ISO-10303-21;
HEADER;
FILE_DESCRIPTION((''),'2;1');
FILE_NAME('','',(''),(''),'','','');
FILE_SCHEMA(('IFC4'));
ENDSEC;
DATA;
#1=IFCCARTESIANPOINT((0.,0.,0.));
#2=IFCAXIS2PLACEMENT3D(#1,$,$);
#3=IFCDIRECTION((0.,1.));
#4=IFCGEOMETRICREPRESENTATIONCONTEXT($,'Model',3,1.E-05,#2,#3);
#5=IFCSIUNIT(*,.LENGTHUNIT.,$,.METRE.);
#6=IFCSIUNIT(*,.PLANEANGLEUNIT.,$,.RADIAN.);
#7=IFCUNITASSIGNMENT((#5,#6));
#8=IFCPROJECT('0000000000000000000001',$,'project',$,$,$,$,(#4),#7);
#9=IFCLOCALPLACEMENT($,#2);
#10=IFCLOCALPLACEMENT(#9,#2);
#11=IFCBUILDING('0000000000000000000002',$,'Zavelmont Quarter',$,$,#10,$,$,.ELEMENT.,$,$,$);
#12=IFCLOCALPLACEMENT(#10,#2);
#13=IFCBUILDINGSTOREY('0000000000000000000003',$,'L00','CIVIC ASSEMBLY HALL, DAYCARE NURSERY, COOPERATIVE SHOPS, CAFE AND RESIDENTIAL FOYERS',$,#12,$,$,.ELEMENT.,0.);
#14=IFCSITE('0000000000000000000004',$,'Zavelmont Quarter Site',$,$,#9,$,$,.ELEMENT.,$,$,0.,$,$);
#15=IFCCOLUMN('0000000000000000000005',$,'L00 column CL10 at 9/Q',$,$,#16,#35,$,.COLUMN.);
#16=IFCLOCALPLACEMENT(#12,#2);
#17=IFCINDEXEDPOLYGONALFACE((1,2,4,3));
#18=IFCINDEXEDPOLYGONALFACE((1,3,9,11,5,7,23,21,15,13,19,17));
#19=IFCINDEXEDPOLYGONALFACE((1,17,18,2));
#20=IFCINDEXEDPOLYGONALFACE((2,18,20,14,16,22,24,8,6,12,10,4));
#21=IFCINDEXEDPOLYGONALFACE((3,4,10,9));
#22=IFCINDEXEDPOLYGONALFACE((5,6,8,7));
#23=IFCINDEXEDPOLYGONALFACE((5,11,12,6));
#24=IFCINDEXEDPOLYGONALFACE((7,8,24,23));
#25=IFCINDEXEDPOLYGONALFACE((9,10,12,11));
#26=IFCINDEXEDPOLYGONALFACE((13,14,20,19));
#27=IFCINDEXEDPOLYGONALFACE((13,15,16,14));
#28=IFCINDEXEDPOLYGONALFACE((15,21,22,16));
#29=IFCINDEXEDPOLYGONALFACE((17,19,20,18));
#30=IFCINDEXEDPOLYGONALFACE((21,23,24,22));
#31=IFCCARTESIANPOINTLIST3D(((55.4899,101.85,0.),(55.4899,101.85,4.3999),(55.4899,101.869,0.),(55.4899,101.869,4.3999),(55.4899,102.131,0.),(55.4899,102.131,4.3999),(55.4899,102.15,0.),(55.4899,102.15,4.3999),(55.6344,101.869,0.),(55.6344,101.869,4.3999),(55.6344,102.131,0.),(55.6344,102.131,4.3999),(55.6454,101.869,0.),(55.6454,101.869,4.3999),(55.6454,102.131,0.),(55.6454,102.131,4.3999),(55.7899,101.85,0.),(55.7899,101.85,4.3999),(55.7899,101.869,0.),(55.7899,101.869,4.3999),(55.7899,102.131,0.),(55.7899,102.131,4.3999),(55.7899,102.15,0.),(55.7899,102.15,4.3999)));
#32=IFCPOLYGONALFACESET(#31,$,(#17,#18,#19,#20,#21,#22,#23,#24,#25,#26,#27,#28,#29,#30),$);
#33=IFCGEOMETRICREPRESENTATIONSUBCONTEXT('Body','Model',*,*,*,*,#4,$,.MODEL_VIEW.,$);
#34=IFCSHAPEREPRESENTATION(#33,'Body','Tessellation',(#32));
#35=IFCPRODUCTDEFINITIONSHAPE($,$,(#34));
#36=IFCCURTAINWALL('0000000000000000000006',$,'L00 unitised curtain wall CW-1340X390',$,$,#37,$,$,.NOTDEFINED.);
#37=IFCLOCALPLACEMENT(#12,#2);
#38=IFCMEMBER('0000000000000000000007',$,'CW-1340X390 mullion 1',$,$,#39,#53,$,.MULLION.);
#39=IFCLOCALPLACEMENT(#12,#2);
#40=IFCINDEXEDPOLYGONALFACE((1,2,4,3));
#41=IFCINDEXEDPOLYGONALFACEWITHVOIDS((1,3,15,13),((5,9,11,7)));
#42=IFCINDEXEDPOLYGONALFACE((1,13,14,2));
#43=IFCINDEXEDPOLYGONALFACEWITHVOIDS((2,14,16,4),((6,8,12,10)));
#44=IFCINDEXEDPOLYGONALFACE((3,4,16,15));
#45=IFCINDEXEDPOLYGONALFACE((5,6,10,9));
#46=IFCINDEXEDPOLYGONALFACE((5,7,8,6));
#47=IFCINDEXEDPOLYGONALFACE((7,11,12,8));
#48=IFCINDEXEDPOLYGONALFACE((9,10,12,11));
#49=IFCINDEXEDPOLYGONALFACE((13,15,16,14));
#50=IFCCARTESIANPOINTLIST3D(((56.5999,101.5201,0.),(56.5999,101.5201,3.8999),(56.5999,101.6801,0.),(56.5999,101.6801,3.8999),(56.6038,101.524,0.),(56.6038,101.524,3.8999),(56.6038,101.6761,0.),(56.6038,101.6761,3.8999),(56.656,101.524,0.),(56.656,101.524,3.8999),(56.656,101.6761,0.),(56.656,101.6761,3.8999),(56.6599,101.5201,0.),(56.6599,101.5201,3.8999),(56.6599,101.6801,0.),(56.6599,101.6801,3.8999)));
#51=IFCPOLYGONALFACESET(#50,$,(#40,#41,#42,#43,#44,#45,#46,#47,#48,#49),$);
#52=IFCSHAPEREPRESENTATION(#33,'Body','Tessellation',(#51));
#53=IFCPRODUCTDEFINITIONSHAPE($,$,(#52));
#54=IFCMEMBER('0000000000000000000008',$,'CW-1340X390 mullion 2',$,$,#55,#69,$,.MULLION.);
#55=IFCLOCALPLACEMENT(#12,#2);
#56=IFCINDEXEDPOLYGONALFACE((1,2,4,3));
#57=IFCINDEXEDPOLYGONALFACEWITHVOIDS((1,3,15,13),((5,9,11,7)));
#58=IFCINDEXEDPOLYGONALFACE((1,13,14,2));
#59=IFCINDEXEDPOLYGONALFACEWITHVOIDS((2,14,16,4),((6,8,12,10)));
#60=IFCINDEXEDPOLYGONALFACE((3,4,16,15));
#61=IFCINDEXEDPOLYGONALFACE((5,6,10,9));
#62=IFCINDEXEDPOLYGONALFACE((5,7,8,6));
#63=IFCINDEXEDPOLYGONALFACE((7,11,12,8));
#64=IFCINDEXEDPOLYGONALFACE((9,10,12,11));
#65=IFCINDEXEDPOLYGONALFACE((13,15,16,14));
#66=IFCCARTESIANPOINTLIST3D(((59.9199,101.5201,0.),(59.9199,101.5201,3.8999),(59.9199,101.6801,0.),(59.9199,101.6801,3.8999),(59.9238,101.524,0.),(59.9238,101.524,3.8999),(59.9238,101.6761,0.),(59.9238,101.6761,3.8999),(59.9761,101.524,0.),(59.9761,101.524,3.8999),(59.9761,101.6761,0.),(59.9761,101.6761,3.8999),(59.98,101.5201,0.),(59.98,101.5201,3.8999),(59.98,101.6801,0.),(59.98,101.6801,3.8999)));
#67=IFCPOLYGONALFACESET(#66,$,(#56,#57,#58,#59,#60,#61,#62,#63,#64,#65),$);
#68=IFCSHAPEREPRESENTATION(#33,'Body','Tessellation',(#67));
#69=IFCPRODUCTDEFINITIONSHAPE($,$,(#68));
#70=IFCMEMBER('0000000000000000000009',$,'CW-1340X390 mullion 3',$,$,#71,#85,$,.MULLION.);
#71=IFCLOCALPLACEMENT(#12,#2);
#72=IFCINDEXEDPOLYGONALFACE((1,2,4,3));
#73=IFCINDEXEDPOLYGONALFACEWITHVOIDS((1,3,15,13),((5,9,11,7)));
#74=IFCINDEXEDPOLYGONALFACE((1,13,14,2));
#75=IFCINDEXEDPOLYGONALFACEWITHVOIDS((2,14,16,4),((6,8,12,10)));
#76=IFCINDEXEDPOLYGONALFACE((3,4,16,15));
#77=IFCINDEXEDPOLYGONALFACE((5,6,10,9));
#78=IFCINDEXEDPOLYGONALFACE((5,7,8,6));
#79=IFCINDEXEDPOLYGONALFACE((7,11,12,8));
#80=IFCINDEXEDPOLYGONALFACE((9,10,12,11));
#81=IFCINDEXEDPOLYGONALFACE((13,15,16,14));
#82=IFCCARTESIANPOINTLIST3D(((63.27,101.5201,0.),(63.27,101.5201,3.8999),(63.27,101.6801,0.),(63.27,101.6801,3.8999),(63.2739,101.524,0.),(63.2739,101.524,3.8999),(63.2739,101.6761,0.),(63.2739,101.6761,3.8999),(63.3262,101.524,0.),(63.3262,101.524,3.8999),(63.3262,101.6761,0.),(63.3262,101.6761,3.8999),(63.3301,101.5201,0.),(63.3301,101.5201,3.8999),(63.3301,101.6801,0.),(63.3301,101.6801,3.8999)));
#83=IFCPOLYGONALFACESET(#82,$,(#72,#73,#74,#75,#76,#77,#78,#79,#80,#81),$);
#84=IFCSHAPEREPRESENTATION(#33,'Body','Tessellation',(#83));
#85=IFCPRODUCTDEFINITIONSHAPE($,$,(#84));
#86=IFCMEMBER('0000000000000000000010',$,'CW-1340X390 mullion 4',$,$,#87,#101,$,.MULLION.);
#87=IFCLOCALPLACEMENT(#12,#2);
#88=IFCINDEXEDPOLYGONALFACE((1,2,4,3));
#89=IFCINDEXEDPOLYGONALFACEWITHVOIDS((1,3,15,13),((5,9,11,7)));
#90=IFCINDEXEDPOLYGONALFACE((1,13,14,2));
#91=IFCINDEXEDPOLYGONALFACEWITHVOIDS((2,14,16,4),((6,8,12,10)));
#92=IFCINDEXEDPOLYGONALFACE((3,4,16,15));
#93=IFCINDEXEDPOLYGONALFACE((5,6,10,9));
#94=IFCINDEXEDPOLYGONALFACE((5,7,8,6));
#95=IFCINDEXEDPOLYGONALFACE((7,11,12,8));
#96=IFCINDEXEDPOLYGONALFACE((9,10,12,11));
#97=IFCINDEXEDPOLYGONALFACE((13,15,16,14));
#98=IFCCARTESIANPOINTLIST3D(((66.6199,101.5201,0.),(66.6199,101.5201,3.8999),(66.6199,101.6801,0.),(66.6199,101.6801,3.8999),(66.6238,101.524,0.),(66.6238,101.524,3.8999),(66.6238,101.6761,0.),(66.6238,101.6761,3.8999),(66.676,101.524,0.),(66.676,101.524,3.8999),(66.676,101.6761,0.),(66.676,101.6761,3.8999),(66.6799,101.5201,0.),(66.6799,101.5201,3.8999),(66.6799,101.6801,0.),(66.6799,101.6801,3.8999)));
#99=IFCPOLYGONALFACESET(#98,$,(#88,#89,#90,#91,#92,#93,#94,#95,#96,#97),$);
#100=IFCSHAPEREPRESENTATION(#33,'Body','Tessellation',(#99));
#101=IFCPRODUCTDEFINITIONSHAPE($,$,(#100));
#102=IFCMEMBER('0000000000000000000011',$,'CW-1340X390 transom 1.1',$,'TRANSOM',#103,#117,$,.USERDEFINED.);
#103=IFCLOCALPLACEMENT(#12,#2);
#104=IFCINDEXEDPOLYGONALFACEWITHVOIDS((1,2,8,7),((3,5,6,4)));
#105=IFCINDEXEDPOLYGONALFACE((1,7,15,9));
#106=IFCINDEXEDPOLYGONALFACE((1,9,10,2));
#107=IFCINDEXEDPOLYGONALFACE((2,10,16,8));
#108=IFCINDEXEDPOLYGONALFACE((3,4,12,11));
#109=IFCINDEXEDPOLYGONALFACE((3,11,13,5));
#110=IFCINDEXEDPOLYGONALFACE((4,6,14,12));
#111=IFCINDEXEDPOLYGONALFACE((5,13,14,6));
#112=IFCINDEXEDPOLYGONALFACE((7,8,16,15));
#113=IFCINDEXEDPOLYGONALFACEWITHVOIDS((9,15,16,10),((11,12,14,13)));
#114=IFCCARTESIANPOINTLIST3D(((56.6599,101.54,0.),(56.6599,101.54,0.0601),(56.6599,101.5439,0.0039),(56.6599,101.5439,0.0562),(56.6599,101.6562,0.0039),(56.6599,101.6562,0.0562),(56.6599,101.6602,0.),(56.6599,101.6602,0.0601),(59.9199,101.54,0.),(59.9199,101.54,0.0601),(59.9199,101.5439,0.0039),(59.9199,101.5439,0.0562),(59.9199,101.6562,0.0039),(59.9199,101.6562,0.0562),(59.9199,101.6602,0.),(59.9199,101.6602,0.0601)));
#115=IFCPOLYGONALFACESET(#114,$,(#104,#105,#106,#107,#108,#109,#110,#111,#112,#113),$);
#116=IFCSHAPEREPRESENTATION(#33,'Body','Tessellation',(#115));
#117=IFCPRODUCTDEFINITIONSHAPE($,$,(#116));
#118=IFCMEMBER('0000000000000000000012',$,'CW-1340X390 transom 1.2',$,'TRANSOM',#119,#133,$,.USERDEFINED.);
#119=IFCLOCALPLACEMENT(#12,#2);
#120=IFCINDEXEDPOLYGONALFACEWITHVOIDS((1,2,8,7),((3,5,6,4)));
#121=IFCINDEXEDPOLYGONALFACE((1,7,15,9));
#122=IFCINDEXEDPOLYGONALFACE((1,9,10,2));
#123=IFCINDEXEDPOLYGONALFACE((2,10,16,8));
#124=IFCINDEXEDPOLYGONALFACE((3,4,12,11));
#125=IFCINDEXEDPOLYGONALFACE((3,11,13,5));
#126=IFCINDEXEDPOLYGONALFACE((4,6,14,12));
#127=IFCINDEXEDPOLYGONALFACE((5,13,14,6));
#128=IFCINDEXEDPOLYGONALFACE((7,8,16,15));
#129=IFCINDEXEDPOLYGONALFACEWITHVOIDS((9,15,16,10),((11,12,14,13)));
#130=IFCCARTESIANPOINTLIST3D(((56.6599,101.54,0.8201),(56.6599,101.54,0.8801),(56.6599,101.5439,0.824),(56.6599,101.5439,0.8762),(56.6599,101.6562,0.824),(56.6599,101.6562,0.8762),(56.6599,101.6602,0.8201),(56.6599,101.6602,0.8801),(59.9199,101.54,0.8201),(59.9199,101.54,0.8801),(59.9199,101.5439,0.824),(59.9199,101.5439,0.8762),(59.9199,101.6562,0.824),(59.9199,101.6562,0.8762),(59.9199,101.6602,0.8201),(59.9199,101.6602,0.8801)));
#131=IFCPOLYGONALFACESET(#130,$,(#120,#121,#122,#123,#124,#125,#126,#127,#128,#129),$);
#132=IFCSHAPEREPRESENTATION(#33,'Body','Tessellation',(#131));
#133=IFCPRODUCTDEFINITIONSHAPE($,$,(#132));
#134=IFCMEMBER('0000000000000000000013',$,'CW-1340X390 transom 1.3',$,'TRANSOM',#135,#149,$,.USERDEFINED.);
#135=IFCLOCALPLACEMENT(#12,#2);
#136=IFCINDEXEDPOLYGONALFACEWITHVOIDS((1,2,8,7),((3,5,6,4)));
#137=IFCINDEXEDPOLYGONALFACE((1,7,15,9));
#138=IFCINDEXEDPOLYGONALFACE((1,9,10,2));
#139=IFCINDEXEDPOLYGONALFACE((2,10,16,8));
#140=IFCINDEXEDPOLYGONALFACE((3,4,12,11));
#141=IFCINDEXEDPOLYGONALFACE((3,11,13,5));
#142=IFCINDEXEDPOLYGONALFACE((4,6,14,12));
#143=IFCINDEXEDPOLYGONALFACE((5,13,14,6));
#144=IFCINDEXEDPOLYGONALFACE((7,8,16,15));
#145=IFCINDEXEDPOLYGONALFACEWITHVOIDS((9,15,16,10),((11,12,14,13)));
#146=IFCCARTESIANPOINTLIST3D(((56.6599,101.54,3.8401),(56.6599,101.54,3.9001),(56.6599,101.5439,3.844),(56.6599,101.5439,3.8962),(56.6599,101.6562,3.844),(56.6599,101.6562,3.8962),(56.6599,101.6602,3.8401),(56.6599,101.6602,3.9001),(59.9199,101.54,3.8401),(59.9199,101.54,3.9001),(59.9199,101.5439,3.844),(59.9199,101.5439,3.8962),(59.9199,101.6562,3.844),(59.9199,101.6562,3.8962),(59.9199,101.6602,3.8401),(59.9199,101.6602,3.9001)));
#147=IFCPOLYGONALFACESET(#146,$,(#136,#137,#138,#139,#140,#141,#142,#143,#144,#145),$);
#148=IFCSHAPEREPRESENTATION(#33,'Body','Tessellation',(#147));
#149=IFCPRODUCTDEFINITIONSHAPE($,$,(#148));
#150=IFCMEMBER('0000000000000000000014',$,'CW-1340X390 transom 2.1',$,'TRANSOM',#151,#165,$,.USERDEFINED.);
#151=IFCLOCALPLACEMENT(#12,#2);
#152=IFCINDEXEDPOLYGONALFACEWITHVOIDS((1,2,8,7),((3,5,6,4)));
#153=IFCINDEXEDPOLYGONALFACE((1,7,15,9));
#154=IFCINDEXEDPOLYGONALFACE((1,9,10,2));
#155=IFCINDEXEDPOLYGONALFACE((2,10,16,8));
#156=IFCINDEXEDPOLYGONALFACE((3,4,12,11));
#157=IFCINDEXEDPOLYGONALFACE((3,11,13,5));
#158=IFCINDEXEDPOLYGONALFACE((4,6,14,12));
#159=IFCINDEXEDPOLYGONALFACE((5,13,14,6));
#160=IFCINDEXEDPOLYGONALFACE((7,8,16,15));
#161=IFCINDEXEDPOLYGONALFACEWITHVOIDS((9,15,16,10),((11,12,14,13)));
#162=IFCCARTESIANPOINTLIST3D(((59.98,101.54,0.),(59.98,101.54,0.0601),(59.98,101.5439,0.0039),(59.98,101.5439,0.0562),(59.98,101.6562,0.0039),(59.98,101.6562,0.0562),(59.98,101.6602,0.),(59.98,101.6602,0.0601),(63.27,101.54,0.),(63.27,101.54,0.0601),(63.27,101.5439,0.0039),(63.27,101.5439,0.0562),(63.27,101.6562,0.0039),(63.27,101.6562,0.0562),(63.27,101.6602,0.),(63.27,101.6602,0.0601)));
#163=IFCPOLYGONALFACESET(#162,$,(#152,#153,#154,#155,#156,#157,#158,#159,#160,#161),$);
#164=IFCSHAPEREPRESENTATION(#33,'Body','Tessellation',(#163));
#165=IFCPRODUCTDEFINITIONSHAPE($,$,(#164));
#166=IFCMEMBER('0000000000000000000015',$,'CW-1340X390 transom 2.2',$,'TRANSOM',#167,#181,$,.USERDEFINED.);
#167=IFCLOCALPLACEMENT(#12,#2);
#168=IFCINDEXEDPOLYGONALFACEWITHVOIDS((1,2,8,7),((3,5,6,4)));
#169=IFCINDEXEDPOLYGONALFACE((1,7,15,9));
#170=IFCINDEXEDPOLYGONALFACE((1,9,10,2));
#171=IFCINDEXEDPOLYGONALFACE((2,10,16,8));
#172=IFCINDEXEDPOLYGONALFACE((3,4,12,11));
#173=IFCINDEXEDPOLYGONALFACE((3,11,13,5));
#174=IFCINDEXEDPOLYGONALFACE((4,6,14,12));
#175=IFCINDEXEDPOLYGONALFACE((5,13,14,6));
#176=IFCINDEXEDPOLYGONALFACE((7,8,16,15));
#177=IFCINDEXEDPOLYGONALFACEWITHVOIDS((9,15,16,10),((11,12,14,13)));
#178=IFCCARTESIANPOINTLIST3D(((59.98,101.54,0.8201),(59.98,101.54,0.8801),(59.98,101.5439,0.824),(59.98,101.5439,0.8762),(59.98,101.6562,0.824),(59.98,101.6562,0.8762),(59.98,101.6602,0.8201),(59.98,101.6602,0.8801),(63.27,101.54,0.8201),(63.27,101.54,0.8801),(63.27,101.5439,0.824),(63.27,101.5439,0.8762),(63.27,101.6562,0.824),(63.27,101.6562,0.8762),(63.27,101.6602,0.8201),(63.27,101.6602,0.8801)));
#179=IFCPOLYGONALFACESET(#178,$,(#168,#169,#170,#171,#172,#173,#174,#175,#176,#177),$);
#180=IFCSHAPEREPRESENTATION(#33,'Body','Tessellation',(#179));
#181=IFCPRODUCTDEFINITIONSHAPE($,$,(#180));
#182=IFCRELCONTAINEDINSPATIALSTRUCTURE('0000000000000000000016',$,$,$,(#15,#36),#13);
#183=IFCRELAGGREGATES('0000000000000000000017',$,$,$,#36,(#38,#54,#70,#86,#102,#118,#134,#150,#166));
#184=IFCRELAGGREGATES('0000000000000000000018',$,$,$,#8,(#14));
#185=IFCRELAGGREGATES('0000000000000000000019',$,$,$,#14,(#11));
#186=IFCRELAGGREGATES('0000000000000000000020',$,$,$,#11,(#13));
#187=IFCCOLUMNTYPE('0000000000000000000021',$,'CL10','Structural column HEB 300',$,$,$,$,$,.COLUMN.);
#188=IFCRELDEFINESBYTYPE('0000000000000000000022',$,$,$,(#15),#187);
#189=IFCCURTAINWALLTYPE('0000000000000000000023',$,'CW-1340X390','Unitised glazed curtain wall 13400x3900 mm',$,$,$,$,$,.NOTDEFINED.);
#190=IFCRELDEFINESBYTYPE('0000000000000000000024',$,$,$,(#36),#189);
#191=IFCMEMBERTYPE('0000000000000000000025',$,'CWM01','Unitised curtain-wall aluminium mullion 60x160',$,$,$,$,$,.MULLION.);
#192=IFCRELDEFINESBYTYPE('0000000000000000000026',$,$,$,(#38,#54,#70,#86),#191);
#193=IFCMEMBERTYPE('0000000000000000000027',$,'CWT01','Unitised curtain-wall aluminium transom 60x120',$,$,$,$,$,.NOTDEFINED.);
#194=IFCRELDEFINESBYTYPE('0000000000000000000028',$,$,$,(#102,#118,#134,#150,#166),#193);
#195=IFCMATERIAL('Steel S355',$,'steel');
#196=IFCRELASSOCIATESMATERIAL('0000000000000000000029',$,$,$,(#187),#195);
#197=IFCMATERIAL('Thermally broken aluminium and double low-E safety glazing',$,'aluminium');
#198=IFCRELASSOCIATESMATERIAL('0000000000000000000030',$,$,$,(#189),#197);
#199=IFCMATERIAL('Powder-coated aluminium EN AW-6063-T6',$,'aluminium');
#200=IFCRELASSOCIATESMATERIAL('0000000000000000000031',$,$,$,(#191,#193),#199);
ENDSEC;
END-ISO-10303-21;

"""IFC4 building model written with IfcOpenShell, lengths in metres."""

from ifc_helpers import new_model, si_unit, direction, frame, origin, origin_2d, place, context, subcontext, project, spatial, hollow_rectangle, i_section, extrude, material, material_profile, profile_set, type_object, element, aggregate, save


model = new_model("IFC4")

# Units and contexts
model_context = context("Model", 3, precision=1e-05, world=origin(), true_north=direction((0.0, 1.0)))
body_context = subcontext(model_context, "Body", "Model", "MODEL_VIEW")
ifc_project = project(units=[si_unit("LENGTHUNIT", "METRE"), si_unit("PLANEANGLEUNIT", "RADIAN")], contexts=[model_context])

# Site, building, storey
site_placement = place(None, origin())
site = spatial("IfcSite", under=ifc_project, at=site_placement, Name="Zavelmont Quarter Site", CompositionType="ELEMENT", RefElevation=0.0)
building_placement = place(site_placement, origin())
building = spatial("IfcBuilding", under=site, at=building_placement, Name="Zavelmont Quarter", CompositionType="ELEMENT")
storey_placement = place(building_placement, origin())
storey = spatial("IfcBuildingStorey", under=building, at=storey_placement, Name="L00", Description="CIVIC ASSEMBLY HALL, DAYCARE NURSERY, COOPERATIVE SHOPS, CAFE AND RESIDENTIAL FOYERS", CompositionType="ELEMENT", Elevation=0.0)

# Column
ifc_material_1 = material(Name="Steel S355", Category="steel")
ifc_material_profile_1 = material_profile(ifc_material_1, i_section(OverallWidth=0.3, OverallDepth=0.3, WebThickness=0.011, FlangeThickness=0.019, at=origin_2d()), Name="HEB 300")
ifc_profile_set_1 = profile_set([ifc_material_profile_1], Name="Steel S355")
column_type = type_object("IfcColumnType", Name="CL10", Description="Structural column HEB 300", PredefinedType="COLUMN", material=ifc_profile_set_1)
column_placement = place(storey_placement, frame((55.6399, 102.0, 0.0), z_axis=(0.0, 0.0, 1.0), x_axis=(1.0, 0.0, 0.0)))
element("IfcColumn", 1, at=column_placement, inside=storey, type_object=column_type, Name="L00 column CL10 at 9/Q", PredefinedType="COLUMN", context=body_context, shape_type="SweptSolid", body=[
    extrude(i_section(OverallWidth=0.3, OverallDepth=0.3, WebThickness=0.011, FlangeThickness=0.019, at=origin_2d()), origin(), (0.0, 0.0, 1.0), 4.3999),
])

# Curtain wall, members
ifc_material_2 = material(Name="Thermally broken aluminium and double low-E safety glazing", Category="aluminium")
curtain_wall_type = type_object("IfcCurtainWallType", Name="CW-1340X390", Description="Unitised glazed curtain wall 13400x3900 mm", PredefinedType="NOTDEFINED", material=ifc_material_2)
curtain_wall_placement = place(storey_placement, origin())
curtain_wall = element("IfcCurtainWall", 2, at=curtain_wall_placement, inside=storey, type_object=curtain_wall_type, Name="L00 unitised curtain wall CW-1340X390", PredefinedType="NOTDEFINED")
ifc_material_3 = material(Name="Powder-coated aluminium EN AW-6063-T6", Category="aluminium")
ifc_material_profile_2 = material_profile(ifc_material_3, hollow_rectangle(XDim=0.0601, YDim=0.1599, WallThickness=0.0039, at=origin_2d()), Name="CWM60X160")
ifc_profile_set_2 = profile_set([ifc_material_profile_2], Name="Powder-coated aluminium EN AW-6063-T6")
member_type_1 = type_object("IfcMemberType", Name="CWM01", Description="Unitised curtain-wall aluminium mullion 60x160", PredefinedType="MULLION", material=ifc_profile_set_2)
member_1_placement = place(storey_placement, frame((56.6299, 101.6001, 0.0), z_axis=(0.0, 0.0, 1.0), x_axis=(1.0, 0.0, 0.0)))
member_1 = element("IfcMember", 3, at=member_1_placement, type_object=member_type_1, Name="CW-1340X390 mullion 1", PredefinedType="MULLION", context=body_context, shape_type="SweptSolid", body=[
    extrude(hollow_rectangle(XDim=0.0601, YDim=0.1599, WallThickness=0.0039, at=origin_2d()), origin(), (0.0, 0.0, 1.0), 3.8999),
])
member_2_placement = place(storey_placement, frame((59.95, 101.6001, 0.0), z_axis=(0.0, 0.0, 1.0), x_axis=(1.0, 0.0, 0.0)))
member_2 = element("IfcMember", 4, at=member_2_placement, type_object=member_type_1, Name="CW-1340X390 mullion 2", PredefinedType="MULLION", context=body_context, shape_type="SweptSolid", body=[
    extrude(hollow_rectangle(XDim=0.0601, YDim=0.1599, WallThickness=0.0039, at=origin_2d()), origin(), (0.0, 0.0, 1.0), 3.8999),
])
member_3_placement = place(storey_placement, frame((63.3, 101.6001, 0.0), z_axis=(0.0, 0.0, 1.0), x_axis=(1.0, 0.0, 0.0)))
member_3 = element("IfcMember", 5, at=member_3_placement, type_object=member_type_1, Name="CW-1340X390 mullion 3", PredefinedType="MULLION", context=body_context, shape_type="SweptSolid", body=[
    extrude(hollow_rectangle(XDim=0.0601, YDim=0.1599, WallThickness=0.0039, at=origin_2d()), origin(), (0.0, 0.0, 1.0), 3.8999),
])
member_4_placement = place(storey_placement, frame((66.6499, 101.6001, 0.0), z_axis=(0.0, 0.0, 1.0), x_axis=(1.0, 0.0, 0.0)))
member_4 = element("IfcMember", 6, at=member_4_placement, type_object=member_type_1, Name="CW-1340X390 mullion 4", PredefinedType="MULLION", context=body_context, shape_type="SweptSolid", body=[
    extrude(hollow_rectangle(XDim=0.0601, YDim=0.1599, WallThickness=0.0039, at=origin_2d()), origin(), (0.0, 0.0, 1.0), 3.8999),
])
ifc_material_profile_3 = material_profile(ifc_material_3, hollow_rectangle(XDim=0.1201, YDim=0.0601, WallThickness=0.0039, at=origin_2d()), Name="CWT60X120")
ifc_profile_set_3 = profile_set([ifc_material_profile_3], Name="Powder-coated aluminium EN AW-6063-T6")
member_type_2 = type_object("IfcMemberType", Name="CWT01", Description="Unitised curtain-wall aluminium transom 60x120", PredefinedType="NOTDEFINED", material=ifc_profile_set_3)
member_5_placement = place(storey_placement, frame((56.6599, 101.6001, 0.03), z_axis=(1.0, 0.0, 0.0), x_axis=(0.0, 1.0, 0.0)))
member_5 = element("IfcMember", 7, at=member_5_placement, type_object=member_type_2, Name="CW-1340X390 transom 1.1", ObjectType="TRANSOM", PredefinedType="USERDEFINED", context=body_context, shape_type="SweptSolid", body=[
    extrude(hollow_rectangle(XDim=0.1201, YDim=0.0601, WallThickness=0.0039, at=origin_2d()), origin(), (0.0, 0.0, 1.0), 3.26),
])
member_6_placement = place(storey_placement, frame((56.6599, 101.6001, 0.8501), z_axis=(1.0, 0.0, 0.0), x_axis=(0.0, 1.0, 0.0)))
member_6 = element("IfcMember", 8, at=member_6_placement, type_object=member_type_2, Name="CW-1340X390 transom 1.2", ObjectType="TRANSOM", PredefinedType="USERDEFINED", context=body_context, shape_type="SweptSolid", body=[
    extrude(hollow_rectangle(XDim=0.1201, YDim=0.0601, WallThickness=0.0039, at=origin_2d()), origin(), (0.0, 0.0, 1.0), 3.26),
])
member_7_placement = place(storey_placement, frame((56.6599, 101.6001, 3.8701), z_axis=(1.0, 0.0, 0.0), x_axis=(0.0, 1.0, 0.0)))
member_7 = element("IfcMember", 9, at=member_7_placement, type_object=member_type_2, Name="CW-1340X390 transom 1.3", ObjectType="TRANSOM", PredefinedType="USERDEFINED", context=body_context, shape_type="SweptSolid", body=[
    extrude(hollow_rectangle(XDim=0.1201, YDim=0.0601, WallThickness=0.0039, at=origin_2d()), origin(), (0.0, 0.0, 1.0), 3.26),
])
member_8_placement = place(storey_placement, frame((59.98, 101.6001, 0.03), z_axis=(1.0, 0.0, 0.0), x_axis=(0.0, 1.0, 0.0)))
member_8 = element("IfcMember", 10, at=member_8_placement, type_object=member_type_2, Name="CW-1340X390 transom 2.1", ObjectType="TRANSOM", PredefinedType="USERDEFINED", context=body_context, shape_type="SweptSolid", body=[
    extrude(hollow_rectangle(XDim=0.1201, YDim=0.0601, WallThickness=0.0039, at=origin_2d()), origin(), (0.0, 0.0, 1.0), 3.29),
])
member_9_placement = place(storey_placement, frame((59.98, 101.6001, 0.8501), z_axis=(1.0, 0.0, 0.0), x_axis=(0.0, 1.0, 0.0)))
member_9 = element("IfcMember", 11, at=member_9_placement, type_object=member_type_2, Name="CW-1340X390 transom 2.2", ObjectType="TRANSOM", PredefinedType="USERDEFINED", context=body_context, shape_type="SweptSolid", body=[
    extrude(hollow_rectangle(XDim=0.1201, YDim=0.0601, WallThickness=0.0039, at=origin_2d()), origin(), (0.0, 0.0, 1.0), 3.29),
])
aggregate(curtain_wall, [member_1, member_2, member_3, member_4, member_5, member_6, member_7, member_8, member_9])

save(model, "model.ifc")
